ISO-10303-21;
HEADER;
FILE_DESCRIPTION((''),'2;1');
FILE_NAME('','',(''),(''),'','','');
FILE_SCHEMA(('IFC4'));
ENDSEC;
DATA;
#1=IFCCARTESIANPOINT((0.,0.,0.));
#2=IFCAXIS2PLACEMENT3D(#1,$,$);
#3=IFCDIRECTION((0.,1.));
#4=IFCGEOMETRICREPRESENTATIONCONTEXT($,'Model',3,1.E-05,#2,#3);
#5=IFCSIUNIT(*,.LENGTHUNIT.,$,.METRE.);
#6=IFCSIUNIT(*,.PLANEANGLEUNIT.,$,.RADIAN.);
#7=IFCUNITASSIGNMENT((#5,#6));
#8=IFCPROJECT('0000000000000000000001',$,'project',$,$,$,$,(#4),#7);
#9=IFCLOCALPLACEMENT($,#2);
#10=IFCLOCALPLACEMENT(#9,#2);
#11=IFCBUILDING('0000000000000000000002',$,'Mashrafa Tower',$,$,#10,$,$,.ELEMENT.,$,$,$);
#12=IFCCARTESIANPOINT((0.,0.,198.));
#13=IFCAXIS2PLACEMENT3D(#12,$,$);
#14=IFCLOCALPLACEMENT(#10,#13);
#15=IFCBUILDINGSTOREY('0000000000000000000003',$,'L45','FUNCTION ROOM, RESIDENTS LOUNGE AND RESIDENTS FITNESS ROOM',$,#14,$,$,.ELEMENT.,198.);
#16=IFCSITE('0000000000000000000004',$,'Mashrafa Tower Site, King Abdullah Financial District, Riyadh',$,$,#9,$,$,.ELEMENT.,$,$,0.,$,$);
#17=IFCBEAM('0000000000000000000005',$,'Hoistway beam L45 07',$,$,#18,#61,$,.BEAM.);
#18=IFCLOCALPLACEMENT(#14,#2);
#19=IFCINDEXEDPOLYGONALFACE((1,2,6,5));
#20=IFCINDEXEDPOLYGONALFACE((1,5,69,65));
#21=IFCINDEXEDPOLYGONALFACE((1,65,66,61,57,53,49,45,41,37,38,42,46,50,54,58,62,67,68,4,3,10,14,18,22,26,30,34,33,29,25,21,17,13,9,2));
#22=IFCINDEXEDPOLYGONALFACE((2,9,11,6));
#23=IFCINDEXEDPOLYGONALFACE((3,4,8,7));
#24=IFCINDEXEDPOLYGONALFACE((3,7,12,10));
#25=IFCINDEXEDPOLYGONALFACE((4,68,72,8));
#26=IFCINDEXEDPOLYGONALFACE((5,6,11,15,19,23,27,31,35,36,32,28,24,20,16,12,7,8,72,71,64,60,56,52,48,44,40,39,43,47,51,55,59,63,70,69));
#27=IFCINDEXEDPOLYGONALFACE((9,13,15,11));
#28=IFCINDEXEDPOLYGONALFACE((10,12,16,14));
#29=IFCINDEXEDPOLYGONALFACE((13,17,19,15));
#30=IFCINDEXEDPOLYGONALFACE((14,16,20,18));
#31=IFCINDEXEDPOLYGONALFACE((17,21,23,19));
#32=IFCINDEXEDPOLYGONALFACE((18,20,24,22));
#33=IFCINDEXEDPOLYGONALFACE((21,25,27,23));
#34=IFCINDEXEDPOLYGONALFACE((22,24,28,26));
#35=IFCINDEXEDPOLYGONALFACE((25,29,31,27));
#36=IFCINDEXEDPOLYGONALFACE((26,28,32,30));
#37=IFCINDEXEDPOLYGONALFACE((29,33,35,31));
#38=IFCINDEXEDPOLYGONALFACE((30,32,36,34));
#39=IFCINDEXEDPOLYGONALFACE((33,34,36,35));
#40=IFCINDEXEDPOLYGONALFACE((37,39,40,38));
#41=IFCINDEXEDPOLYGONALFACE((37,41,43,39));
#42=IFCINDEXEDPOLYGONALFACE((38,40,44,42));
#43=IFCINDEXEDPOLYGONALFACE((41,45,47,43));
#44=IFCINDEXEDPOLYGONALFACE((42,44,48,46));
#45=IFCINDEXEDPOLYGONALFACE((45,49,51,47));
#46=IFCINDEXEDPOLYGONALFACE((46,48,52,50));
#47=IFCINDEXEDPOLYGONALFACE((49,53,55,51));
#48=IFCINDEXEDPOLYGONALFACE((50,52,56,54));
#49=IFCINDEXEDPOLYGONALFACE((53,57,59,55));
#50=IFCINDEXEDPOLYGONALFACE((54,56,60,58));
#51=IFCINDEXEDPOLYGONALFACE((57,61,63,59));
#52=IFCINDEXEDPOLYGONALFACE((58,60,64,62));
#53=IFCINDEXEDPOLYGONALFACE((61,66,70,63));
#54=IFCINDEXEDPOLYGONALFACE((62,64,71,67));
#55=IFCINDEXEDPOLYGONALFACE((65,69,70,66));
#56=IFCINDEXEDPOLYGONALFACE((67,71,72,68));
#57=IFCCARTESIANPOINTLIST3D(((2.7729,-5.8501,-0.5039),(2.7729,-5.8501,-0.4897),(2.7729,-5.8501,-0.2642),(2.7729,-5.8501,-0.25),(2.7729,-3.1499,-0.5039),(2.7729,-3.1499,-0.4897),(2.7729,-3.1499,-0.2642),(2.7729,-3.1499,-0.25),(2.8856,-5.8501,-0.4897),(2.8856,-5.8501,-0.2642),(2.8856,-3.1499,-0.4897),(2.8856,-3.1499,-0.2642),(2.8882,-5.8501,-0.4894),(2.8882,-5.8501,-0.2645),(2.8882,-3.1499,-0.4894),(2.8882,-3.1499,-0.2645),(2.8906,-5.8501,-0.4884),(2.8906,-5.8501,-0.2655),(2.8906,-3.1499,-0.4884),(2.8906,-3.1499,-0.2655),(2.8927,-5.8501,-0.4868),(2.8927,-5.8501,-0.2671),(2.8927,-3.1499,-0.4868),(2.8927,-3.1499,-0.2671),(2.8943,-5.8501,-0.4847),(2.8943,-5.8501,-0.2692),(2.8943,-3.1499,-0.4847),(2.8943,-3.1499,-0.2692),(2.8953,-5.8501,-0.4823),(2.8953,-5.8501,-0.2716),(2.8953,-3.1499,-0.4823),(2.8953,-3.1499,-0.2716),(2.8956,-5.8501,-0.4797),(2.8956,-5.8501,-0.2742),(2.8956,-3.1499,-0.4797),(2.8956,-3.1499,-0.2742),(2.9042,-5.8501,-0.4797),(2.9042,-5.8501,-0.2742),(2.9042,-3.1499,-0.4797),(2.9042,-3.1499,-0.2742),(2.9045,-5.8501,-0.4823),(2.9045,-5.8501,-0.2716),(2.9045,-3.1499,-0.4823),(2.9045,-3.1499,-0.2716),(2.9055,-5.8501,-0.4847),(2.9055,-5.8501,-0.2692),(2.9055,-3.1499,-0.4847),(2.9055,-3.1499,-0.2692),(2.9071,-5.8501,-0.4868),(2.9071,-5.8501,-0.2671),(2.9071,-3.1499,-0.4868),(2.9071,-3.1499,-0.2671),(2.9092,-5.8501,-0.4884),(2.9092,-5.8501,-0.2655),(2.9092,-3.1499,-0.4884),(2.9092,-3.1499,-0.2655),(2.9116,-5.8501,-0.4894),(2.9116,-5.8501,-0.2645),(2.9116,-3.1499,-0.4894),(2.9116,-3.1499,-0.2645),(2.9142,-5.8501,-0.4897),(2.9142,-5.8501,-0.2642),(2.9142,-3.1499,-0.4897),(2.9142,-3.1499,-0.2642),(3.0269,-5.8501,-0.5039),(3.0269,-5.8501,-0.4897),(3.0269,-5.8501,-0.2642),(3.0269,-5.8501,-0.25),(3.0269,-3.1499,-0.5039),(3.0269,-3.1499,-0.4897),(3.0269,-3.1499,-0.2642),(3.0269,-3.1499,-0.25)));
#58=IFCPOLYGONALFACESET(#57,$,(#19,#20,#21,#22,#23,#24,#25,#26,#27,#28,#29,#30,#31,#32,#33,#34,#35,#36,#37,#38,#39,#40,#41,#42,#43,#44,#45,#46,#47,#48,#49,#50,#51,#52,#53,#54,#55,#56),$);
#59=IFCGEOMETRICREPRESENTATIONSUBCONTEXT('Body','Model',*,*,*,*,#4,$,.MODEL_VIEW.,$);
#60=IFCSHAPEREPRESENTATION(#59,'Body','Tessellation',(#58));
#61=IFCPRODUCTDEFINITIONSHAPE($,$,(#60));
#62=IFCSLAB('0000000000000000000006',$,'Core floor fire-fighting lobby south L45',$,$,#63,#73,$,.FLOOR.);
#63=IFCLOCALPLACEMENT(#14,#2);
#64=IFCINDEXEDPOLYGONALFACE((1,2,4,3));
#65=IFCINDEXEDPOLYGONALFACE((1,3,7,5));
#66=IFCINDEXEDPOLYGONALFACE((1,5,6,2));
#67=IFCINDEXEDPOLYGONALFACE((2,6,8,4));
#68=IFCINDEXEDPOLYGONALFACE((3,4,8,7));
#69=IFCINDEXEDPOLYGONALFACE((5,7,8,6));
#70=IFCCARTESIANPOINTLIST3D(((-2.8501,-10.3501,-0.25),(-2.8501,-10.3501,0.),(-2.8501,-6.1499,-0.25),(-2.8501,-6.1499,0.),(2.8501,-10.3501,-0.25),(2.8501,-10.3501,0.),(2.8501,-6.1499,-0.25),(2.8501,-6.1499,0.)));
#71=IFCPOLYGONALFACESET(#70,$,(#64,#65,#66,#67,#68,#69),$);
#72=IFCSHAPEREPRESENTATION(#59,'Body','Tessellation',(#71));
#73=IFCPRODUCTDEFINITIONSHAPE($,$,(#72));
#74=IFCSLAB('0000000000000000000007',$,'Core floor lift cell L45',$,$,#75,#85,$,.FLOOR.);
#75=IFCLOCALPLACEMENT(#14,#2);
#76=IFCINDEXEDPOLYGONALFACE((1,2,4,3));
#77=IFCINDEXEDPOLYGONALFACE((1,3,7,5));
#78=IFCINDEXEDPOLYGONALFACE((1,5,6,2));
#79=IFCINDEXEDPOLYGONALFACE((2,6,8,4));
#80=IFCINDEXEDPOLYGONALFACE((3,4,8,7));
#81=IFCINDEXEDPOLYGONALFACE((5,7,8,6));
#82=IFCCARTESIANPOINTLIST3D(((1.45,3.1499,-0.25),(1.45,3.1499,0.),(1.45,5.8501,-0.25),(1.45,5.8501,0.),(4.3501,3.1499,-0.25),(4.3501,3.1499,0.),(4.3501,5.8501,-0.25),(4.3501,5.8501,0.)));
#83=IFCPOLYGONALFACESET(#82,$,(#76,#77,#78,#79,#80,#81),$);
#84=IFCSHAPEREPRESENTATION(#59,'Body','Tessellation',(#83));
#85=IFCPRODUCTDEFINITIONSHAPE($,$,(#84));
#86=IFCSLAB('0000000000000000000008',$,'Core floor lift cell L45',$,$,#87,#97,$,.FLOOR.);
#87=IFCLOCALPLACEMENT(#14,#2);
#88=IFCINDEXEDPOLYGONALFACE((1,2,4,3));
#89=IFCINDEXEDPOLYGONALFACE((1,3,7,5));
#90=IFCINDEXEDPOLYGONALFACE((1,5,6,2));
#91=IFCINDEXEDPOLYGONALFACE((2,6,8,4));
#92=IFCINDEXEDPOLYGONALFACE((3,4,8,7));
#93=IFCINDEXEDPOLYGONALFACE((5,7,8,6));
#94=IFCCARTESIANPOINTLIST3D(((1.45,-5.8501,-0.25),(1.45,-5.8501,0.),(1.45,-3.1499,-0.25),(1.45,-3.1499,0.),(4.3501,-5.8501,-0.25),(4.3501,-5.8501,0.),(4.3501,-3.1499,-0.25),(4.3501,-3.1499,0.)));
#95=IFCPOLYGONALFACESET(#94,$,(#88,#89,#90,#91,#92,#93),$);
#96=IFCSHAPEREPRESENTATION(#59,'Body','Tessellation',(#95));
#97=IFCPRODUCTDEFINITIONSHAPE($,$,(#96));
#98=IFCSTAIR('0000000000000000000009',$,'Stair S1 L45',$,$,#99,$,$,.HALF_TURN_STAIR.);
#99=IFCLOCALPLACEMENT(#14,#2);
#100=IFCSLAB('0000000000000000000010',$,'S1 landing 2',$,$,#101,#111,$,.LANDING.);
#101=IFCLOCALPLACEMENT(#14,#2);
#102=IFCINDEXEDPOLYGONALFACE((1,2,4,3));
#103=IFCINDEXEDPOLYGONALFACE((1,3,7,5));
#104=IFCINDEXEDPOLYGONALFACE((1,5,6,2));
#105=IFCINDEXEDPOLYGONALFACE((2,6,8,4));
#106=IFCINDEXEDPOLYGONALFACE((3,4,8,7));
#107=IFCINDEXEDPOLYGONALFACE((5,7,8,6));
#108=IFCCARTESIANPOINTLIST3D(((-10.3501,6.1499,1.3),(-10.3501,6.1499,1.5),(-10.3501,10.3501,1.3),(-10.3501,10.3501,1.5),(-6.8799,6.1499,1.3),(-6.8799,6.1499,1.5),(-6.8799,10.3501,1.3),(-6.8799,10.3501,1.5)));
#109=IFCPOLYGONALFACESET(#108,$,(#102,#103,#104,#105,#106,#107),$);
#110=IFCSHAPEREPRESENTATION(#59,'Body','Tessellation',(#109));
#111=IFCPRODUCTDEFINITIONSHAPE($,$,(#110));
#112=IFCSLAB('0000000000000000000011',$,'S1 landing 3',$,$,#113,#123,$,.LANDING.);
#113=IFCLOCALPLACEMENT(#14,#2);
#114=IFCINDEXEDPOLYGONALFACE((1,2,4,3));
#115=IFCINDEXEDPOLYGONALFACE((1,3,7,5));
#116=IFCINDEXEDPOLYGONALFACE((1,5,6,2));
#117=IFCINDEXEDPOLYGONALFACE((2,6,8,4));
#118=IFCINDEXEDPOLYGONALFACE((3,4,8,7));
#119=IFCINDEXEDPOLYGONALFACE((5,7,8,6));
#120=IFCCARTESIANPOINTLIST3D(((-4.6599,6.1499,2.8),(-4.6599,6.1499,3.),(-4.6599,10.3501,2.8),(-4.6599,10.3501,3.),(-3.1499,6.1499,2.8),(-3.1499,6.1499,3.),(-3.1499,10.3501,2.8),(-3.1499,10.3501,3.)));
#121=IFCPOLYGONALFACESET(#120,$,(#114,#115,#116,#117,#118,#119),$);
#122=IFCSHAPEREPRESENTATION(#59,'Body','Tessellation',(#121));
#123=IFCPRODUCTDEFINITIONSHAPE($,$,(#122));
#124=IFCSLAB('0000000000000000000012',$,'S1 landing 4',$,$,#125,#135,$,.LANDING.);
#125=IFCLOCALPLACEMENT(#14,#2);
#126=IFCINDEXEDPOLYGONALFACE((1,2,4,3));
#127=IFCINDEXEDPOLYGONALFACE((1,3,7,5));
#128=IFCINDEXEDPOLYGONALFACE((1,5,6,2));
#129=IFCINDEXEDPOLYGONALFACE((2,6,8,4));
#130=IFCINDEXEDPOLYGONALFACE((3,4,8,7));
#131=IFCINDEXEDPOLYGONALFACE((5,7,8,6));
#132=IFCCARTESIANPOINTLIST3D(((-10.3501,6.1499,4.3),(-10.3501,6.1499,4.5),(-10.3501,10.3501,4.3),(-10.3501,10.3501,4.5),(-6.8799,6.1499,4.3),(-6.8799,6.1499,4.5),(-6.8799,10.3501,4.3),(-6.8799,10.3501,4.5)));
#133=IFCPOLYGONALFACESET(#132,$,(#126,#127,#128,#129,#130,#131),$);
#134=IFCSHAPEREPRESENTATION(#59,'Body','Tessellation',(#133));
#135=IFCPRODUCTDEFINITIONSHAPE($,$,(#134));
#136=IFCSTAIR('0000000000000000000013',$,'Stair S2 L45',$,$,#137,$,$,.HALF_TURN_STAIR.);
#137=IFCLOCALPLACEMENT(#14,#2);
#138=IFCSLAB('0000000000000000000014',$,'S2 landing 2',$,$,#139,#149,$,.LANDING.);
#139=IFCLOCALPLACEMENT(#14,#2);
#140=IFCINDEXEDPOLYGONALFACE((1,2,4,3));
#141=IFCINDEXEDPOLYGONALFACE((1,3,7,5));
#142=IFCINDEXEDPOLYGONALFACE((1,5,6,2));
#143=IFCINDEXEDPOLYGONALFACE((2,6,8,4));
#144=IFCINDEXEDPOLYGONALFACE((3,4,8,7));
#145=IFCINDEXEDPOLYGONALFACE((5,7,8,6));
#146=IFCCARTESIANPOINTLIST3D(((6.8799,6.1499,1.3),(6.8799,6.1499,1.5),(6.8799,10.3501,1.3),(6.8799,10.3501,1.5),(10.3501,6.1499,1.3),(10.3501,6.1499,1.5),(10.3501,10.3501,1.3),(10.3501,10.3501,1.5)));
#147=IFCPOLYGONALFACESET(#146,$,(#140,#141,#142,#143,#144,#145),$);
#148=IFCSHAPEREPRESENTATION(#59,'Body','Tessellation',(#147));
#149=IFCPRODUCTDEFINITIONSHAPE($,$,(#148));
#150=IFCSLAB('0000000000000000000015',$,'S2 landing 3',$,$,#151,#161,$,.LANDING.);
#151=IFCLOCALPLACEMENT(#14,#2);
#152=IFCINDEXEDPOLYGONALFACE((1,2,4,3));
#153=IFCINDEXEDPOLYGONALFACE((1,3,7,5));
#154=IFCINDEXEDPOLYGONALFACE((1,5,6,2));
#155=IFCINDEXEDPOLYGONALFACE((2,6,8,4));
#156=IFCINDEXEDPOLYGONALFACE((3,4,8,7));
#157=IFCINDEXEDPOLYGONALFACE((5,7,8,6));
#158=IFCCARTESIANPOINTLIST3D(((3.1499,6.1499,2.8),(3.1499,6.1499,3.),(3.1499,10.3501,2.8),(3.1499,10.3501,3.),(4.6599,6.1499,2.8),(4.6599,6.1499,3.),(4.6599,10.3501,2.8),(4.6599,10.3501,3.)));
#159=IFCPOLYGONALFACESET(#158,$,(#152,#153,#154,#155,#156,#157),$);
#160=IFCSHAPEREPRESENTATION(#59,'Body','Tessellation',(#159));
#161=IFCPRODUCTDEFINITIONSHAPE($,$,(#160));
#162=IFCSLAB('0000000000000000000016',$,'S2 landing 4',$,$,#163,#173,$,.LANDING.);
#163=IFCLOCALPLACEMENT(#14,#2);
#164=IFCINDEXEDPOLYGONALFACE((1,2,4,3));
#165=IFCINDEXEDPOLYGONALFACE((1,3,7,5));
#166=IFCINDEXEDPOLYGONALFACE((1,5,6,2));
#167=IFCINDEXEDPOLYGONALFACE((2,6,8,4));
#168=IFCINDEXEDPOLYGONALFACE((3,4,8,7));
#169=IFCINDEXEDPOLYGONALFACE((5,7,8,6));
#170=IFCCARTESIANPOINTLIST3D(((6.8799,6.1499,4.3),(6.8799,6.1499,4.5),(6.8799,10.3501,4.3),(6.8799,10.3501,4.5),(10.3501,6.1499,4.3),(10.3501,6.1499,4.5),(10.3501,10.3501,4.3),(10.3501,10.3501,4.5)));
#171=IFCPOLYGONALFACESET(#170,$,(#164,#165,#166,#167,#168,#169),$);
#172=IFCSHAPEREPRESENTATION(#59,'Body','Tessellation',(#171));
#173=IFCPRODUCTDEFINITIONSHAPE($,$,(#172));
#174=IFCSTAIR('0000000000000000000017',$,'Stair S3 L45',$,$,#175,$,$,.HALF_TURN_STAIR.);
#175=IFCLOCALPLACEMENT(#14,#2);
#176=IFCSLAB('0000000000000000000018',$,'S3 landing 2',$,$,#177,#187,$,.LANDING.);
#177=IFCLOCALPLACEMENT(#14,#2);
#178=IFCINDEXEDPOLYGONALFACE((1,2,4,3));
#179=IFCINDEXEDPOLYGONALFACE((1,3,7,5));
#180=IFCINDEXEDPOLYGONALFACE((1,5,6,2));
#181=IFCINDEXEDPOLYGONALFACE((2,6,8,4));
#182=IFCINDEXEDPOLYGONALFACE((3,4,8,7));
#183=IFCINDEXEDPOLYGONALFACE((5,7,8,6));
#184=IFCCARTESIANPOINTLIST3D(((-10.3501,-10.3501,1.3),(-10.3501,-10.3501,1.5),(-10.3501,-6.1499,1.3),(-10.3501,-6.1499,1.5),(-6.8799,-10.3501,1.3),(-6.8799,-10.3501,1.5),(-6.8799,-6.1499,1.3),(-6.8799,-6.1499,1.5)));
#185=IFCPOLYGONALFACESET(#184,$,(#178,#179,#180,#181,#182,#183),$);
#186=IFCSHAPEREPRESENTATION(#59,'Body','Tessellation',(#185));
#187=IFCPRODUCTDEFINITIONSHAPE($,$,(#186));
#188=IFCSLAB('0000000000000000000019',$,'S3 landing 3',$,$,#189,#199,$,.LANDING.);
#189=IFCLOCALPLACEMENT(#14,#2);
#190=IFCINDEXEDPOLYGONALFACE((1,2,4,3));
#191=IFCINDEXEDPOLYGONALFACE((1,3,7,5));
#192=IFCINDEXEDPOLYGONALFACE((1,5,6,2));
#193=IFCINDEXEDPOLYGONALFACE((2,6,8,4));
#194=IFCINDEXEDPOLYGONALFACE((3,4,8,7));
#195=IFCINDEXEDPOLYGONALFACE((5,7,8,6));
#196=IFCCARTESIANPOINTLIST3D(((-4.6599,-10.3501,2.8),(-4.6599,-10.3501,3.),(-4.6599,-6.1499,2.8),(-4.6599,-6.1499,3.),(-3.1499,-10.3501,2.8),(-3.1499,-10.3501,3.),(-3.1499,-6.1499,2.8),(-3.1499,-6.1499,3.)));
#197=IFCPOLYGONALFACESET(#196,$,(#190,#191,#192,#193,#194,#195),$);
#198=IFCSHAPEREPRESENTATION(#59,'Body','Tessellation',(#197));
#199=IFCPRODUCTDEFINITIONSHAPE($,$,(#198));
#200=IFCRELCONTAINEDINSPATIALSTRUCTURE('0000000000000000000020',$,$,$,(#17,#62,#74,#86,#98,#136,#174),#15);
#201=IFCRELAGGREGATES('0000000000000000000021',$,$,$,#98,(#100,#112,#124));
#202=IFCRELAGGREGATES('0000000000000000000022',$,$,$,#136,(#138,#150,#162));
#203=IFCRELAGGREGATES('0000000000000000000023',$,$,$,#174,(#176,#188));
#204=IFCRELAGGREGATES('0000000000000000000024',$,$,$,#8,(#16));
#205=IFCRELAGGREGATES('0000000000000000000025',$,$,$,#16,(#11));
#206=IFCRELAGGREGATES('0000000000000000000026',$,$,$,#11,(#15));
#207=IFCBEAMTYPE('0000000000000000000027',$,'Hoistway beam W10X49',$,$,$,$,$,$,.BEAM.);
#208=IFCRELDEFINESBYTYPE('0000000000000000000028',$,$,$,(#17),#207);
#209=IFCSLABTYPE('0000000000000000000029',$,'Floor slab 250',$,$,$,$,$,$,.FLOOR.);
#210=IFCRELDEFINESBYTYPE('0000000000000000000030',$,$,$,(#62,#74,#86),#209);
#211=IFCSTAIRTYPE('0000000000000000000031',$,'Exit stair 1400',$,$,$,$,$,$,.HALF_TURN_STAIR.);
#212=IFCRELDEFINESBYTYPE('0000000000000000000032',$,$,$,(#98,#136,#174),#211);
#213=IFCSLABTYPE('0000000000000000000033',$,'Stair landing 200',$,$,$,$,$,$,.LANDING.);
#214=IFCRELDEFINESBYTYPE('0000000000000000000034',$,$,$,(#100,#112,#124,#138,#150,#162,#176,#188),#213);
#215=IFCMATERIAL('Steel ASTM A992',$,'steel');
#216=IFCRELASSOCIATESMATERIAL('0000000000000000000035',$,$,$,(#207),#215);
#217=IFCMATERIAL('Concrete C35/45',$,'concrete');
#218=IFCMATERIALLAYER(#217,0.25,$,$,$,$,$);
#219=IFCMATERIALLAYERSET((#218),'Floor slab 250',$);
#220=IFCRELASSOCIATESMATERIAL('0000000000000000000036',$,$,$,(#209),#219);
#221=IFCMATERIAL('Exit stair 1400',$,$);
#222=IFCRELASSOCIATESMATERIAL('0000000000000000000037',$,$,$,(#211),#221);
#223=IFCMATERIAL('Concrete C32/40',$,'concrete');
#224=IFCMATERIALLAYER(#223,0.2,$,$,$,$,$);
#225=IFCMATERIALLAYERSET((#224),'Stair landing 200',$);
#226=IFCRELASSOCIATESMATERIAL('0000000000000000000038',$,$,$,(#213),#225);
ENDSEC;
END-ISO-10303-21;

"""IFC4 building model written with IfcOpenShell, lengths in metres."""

from ifc_helpers import new_model, si_unit, direction, frame, origin, origin_2d, place, context, subcontext, project, spatial, polyline, i_section, outline, extrude, material, layer, layer_set, material_profile, profile_set, type_object, element, aggregate, save


model = new_model("IFC4")

# Units and contexts
model_context = context("Model", 3, precision=1e-05, world=origin(), true_north=direction((0.0, 1.0)))
body_context = subcontext(model_context, "Body", "Model", "MODEL_VIEW")
ifc_project = project(units=[si_unit("LENGTHUNIT", "METRE"), si_unit("PLANEANGLEUNIT", "RADIAN")], contexts=[model_context])

# Site, building, storey
site_placement = place(None, origin())
site = spatial("IfcSite", under=ifc_project, at=site_placement, Name="Mashrafa Tower Site, King Abdullah Financial District, Riyadh", CompositionType="ELEMENT", RefElevation=0.0)
building_placement = place(site_placement, origin())
building = spatial("IfcBuilding", under=site, at=building_placement, Name="Mashrafa Tower", CompositionType="ELEMENT")
storey_placement = place(building_placement, frame((0.0, 0.0, 198.0)))
storey = spatial("IfcBuildingStorey", under=building, at=storey_placement, Name="L45", Description="FUNCTION ROOM, RESIDENTS LOUNGE AND RESIDENTS FITNESS ROOM", CompositionType="ELEMENT", Elevation=198.0)

# Beam
ifc_material_1 = material(Name="Steel ASTM A992", Category="steel")
ifc_material_profile = material_profile(ifc_material_1, i_section(OverallWidth=0.2539, OverallDepth=0.2539, WebThickness=0.0085, FlangeThickness=0.0142, FilletRadius=0.01, at=origin_2d()), Name="W10X49")
ifc_profile_set = profile_set([ifc_material_profile], Name="Steel ASTM A992")
beam_type = type_object("IfcBeamType", Name="Hoistway beam W10X49", PredefinedType="BEAM", material=ifc_profile_set)
beam_placement = place(storey_placement, frame((2.8999, -5.8501, -0.377), z_axis=(0.0, 1.0, 0.0), x_axis=(-1.0, 0.0, 0.0)))
element("IfcBeam", 1, at=beam_placement, inside=storey, type_object=beam_type, Name="Hoistway beam L45 07", PredefinedType="BEAM", context=body_context, shape_type="SweptSolid", body=[
    extrude(i_section(OverallWidth=0.2539, OverallDepth=0.2539, WebThickness=0.0085, FlangeThickness=0.0142, FilletRadius=0.01, at=origin_2d()), origin(), (0.0, 0.0, 1.0), 2.7002),
])

# Slabs
ifc_material_2 = material(Name="Concrete C35/45", Category="concrete")
ifc_layer_1 = layer(ifc_material_2, 0.25)
ifc_layer_set_1 = layer_set([ifc_layer_1], Name="Floor slab 250")
slab_type_1 = type_object("IfcSlabType", Name="Floor slab 250", PredefinedType="FLOOR", material=ifc_layer_set_1)
slab_1_placement = place(storey_placement, frame((0.0, 0.0, -0.25)))
element("IfcSlab", 2, at=slab_1_placement, inside=storey, type_object=slab_type_1, Name="Core floor fire-fighting lobby south L45", PredefinedType="FLOOR", context=body_context, shape_type="SweptSolid", body=[
    extrude(outline(polyline([(2.8501, -6.1499), (2.8501, -10.3501), (-2.8501, -10.3501), (-2.8501, -6.1499), (2.8501, -6.1499)])), origin(), (0.0, 0.0, 1.0), 0.25),
])
slab_2_placement = place(storey_placement, frame((0.0, 0.0, -0.25)))
element("IfcSlab", 3, at=slab_2_placement, inside=storey, type_object=slab_type_1, Name="Core floor lift cell L45", PredefinedType="FLOOR", context=body_context, shape_type="SweptSolid", body=[
    extrude(outline(polyline([(4.3501, 5.8501), (4.3501, 3.1499), (1.45, 3.1499), (1.45, 5.8501), (4.3501, 5.8501)])), origin(), (0.0, 0.0, 1.0), 0.25),
])
slab_3_placement = place(storey_placement, frame((0.0, 0.0, -0.25)))
element("IfcSlab", 4, at=slab_3_placement, inside=storey, type_object=slab_type_1, Name="Core floor lift cell L45", PredefinedType="FLOOR", context=body_context, shape_type="SweptSolid", body=[
    extrude(outline(polyline([(4.3501, -3.1499), (4.3501, -5.8501), (1.45, -5.8501), (1.45, -3.1499), (4.3501, -3.1499)])), origin(), (0.0, 0.0, 1.0), 0.25),
])

# Stairs, slabs
ifc_material_3 = material(Name="Exit stair 1400")
stair_type = type_object("IfcStairType", Name="Exit stair 1400", PredefinedType="HALF_TURN_STAIR", material=ifc_material_3)
stair_1_placement = place(storey_placement, origin())
stair_1 = element("IfcStair", 5, at=stair_1_placement, inside=storey, type_object=stair_type, Name="Stair S1 L45", PredefinedType="HALF_TURN_STAIR")
ifc_material_4 = material(Name="Concrete C32/40", Category="concrete")
ifc_layer_2 = layer(ifc_material_4, 0.2)
ifc_layer_set_2 = layer_set([ifc_layer_2], Name="Stair landing 200")
slab_type_2 = type_object("IfcSlabType", Name="Stair landing 200", PredefinedType="LANDING", material=ifc_layer_set_2)
slab_4_placement = place(storey_placement, frame((0.0, 0.0, 1.3)))
slab_4 = element("IfcSlab", 6, at=slab_4_placement, type_object=slab_type_2, Name="S1 landing 2", PredefinedType="LANDING", context=body_context, shape_type="SweptSolid", body=[
    extrude(outline(polyline([(-10.3501, 6.1499), (-6.8799, 6.1499), (-6.8799, 10.3501), (-10.3501, 10.3501), (-10.3501, 6.1499)])), origin(), (0.0, 0.0, 1.0), 0.2),
])
slab_5_placement = place(storey_placement, frame((0.0, 0.0, 2.8)))
slab_5 = element("IfcSlab", 7, at=slab_5_placement, type_object=slab_type_2, Name="S1 landing 3", PredefinedType="LANDING", context=body_context, shape_type="SweptSolid", body=[
    extrude(outline(polyline([(-4.6599, 6.1499), (-3.1499, 6.1499), (-3.1499, 10.3501), (-4.6599, 10.3501), (-4.6599, 6.1499)])), origin(), (0.0, 0.0, 1.0), 0.2),
])
slab_6_placement = place(storey_placement, frame((0.0, 0.0, 4.3)))
slab_6 = element("IfcSlab", 8, at=slab_6_placement, type_object=slab_type_2, Name="S1 landing 4", PredefinedType="LANDING", context=body_context, shape_type="SweptSolid", body=[
    extrude(outline(polyline([(-10.3501, 6.1499), (-6.8799, 6.1499), (-6.8799, 10.3501), (-10.3501, 10.3501), (-10.3501, 6.1499)])), origin(), (0.0, 0.0, 1.0), 0.2),
])
stair_2_placement = place(storey_placement, origin())
stair_2 = element("IfcStair", 9, at=stair_2_placement, inside=storey, type_object=stair_type, Name="Stair S2 L45", PredefinedType="HALF_TURN_STAIR")
slab_7_placement = place(storey_placement, frame((0.0, 0.0, 1.3)))
slab_7 = element("IfcSlab", 10, at=slab_7_placement, type_object=slab_type_2, Name="S2 landing 2", PredefinedType="LANDING", context=body_context, shape_type="SweptSolid", body=[
    extrude(outline(polyline([(6.8799, 6.1499), (10.3501, 6.1499), (10.3501, 10.3501), (6.8799, 10.3501), (6.8799, 6.1499)])), origin(), (0.0, 0.0, 1.0), 0.2),
])
slab_8_placement = place(storey_placement, frame((0.0, 0.0, 2.8)))
slab_8 = element("IfcSlab", 11, at=slab_8_placement, type_object=slab_type_2, Name="S2 landing 3", PredefinedType="LANDING", context=body_context, shape_type="SweptSolid", body=[
    extrude(outline(polyline([(3.1499, 6.1499), (4.6599, 6.1499), (4.6599, 10.3501), (3.1499, 10.3501), (3.1499, 6.1499)])), origin(), (0.0, 0.0, 1.0), 0.2),
])
slab_9_placement = place(storey_placement, frame((0.0, 0.0, 4.3)))
slab_9 = element("IfcSlab", 12, at=slab_9_placement, type_object=slab_type_2, Name="S2 landing 4", PredefinedType="LANDING", context=body_context, shape_type="SweptSolid", body=[
    extrude(outline(polyline([(6.8799, 6.1499), (10.3501, 6.1499), (10.3501, 10.3501), (6.8799, 10.3501), (6.8799, 6.1499)])), origin(), (0.0, 0.0, 1.0), 0.2),
])
stair_3_placement = place(storey_placement, origin())
stair_3 = element("IfcStair", 13, at=stair_3_placement, inside=storey, type_object=stair_type, Name="Stair S3 L45", PredefinedType="HALF_TURN_STAIR")
slab_10_placement = place(storey_placement, frame((0.0, 0.0, 1.3)))
slab_10 = element("IfcSlab", 14, at=slab_10_placement, type_object=slab_type_2, Name="S3 landing 2", PredefinedType="LANDING", context=body_context, shape_type="SweptSolid", body=[
    extrude(outline(polyline([(-10.3501, -10.3501), (-6.8799, -10.3501), (-6.8799, -6.1499), (-10.3501, -6.1499), (-10.3501, -10.3501)])), origin(), (0.0, 0.0, 1.0), 0.2),
])
slab_11_placement = place(storey_placement, frame((0.0, 0.0, 2.8)))
slab_11 = element("IfcSlab", 15, at=slab_11_placement, type_object=slab_type_2, Name="S3 landing 3", PredefinedType="LANDING", context=body_context, shape_type="SweptSolid", body=[
    extrude(outline(polyline([(-4.6599, -10.3501), (-3.1499, -10.3501), (-3.1499, -6.1499), (-4.6599, -6.1499), (-4.6599, -10.3501)])), origin(), (0.0, 0.0, 1.0), 0.2),
])

aggregate(stair_1, [slab_4, slab_5, slab_6])
aggregate(stair_2, [slab_7, slab_8, slab_9])
aggregate(stair_3, [slab_10, slab_11])

save(model, "model.ifc")
